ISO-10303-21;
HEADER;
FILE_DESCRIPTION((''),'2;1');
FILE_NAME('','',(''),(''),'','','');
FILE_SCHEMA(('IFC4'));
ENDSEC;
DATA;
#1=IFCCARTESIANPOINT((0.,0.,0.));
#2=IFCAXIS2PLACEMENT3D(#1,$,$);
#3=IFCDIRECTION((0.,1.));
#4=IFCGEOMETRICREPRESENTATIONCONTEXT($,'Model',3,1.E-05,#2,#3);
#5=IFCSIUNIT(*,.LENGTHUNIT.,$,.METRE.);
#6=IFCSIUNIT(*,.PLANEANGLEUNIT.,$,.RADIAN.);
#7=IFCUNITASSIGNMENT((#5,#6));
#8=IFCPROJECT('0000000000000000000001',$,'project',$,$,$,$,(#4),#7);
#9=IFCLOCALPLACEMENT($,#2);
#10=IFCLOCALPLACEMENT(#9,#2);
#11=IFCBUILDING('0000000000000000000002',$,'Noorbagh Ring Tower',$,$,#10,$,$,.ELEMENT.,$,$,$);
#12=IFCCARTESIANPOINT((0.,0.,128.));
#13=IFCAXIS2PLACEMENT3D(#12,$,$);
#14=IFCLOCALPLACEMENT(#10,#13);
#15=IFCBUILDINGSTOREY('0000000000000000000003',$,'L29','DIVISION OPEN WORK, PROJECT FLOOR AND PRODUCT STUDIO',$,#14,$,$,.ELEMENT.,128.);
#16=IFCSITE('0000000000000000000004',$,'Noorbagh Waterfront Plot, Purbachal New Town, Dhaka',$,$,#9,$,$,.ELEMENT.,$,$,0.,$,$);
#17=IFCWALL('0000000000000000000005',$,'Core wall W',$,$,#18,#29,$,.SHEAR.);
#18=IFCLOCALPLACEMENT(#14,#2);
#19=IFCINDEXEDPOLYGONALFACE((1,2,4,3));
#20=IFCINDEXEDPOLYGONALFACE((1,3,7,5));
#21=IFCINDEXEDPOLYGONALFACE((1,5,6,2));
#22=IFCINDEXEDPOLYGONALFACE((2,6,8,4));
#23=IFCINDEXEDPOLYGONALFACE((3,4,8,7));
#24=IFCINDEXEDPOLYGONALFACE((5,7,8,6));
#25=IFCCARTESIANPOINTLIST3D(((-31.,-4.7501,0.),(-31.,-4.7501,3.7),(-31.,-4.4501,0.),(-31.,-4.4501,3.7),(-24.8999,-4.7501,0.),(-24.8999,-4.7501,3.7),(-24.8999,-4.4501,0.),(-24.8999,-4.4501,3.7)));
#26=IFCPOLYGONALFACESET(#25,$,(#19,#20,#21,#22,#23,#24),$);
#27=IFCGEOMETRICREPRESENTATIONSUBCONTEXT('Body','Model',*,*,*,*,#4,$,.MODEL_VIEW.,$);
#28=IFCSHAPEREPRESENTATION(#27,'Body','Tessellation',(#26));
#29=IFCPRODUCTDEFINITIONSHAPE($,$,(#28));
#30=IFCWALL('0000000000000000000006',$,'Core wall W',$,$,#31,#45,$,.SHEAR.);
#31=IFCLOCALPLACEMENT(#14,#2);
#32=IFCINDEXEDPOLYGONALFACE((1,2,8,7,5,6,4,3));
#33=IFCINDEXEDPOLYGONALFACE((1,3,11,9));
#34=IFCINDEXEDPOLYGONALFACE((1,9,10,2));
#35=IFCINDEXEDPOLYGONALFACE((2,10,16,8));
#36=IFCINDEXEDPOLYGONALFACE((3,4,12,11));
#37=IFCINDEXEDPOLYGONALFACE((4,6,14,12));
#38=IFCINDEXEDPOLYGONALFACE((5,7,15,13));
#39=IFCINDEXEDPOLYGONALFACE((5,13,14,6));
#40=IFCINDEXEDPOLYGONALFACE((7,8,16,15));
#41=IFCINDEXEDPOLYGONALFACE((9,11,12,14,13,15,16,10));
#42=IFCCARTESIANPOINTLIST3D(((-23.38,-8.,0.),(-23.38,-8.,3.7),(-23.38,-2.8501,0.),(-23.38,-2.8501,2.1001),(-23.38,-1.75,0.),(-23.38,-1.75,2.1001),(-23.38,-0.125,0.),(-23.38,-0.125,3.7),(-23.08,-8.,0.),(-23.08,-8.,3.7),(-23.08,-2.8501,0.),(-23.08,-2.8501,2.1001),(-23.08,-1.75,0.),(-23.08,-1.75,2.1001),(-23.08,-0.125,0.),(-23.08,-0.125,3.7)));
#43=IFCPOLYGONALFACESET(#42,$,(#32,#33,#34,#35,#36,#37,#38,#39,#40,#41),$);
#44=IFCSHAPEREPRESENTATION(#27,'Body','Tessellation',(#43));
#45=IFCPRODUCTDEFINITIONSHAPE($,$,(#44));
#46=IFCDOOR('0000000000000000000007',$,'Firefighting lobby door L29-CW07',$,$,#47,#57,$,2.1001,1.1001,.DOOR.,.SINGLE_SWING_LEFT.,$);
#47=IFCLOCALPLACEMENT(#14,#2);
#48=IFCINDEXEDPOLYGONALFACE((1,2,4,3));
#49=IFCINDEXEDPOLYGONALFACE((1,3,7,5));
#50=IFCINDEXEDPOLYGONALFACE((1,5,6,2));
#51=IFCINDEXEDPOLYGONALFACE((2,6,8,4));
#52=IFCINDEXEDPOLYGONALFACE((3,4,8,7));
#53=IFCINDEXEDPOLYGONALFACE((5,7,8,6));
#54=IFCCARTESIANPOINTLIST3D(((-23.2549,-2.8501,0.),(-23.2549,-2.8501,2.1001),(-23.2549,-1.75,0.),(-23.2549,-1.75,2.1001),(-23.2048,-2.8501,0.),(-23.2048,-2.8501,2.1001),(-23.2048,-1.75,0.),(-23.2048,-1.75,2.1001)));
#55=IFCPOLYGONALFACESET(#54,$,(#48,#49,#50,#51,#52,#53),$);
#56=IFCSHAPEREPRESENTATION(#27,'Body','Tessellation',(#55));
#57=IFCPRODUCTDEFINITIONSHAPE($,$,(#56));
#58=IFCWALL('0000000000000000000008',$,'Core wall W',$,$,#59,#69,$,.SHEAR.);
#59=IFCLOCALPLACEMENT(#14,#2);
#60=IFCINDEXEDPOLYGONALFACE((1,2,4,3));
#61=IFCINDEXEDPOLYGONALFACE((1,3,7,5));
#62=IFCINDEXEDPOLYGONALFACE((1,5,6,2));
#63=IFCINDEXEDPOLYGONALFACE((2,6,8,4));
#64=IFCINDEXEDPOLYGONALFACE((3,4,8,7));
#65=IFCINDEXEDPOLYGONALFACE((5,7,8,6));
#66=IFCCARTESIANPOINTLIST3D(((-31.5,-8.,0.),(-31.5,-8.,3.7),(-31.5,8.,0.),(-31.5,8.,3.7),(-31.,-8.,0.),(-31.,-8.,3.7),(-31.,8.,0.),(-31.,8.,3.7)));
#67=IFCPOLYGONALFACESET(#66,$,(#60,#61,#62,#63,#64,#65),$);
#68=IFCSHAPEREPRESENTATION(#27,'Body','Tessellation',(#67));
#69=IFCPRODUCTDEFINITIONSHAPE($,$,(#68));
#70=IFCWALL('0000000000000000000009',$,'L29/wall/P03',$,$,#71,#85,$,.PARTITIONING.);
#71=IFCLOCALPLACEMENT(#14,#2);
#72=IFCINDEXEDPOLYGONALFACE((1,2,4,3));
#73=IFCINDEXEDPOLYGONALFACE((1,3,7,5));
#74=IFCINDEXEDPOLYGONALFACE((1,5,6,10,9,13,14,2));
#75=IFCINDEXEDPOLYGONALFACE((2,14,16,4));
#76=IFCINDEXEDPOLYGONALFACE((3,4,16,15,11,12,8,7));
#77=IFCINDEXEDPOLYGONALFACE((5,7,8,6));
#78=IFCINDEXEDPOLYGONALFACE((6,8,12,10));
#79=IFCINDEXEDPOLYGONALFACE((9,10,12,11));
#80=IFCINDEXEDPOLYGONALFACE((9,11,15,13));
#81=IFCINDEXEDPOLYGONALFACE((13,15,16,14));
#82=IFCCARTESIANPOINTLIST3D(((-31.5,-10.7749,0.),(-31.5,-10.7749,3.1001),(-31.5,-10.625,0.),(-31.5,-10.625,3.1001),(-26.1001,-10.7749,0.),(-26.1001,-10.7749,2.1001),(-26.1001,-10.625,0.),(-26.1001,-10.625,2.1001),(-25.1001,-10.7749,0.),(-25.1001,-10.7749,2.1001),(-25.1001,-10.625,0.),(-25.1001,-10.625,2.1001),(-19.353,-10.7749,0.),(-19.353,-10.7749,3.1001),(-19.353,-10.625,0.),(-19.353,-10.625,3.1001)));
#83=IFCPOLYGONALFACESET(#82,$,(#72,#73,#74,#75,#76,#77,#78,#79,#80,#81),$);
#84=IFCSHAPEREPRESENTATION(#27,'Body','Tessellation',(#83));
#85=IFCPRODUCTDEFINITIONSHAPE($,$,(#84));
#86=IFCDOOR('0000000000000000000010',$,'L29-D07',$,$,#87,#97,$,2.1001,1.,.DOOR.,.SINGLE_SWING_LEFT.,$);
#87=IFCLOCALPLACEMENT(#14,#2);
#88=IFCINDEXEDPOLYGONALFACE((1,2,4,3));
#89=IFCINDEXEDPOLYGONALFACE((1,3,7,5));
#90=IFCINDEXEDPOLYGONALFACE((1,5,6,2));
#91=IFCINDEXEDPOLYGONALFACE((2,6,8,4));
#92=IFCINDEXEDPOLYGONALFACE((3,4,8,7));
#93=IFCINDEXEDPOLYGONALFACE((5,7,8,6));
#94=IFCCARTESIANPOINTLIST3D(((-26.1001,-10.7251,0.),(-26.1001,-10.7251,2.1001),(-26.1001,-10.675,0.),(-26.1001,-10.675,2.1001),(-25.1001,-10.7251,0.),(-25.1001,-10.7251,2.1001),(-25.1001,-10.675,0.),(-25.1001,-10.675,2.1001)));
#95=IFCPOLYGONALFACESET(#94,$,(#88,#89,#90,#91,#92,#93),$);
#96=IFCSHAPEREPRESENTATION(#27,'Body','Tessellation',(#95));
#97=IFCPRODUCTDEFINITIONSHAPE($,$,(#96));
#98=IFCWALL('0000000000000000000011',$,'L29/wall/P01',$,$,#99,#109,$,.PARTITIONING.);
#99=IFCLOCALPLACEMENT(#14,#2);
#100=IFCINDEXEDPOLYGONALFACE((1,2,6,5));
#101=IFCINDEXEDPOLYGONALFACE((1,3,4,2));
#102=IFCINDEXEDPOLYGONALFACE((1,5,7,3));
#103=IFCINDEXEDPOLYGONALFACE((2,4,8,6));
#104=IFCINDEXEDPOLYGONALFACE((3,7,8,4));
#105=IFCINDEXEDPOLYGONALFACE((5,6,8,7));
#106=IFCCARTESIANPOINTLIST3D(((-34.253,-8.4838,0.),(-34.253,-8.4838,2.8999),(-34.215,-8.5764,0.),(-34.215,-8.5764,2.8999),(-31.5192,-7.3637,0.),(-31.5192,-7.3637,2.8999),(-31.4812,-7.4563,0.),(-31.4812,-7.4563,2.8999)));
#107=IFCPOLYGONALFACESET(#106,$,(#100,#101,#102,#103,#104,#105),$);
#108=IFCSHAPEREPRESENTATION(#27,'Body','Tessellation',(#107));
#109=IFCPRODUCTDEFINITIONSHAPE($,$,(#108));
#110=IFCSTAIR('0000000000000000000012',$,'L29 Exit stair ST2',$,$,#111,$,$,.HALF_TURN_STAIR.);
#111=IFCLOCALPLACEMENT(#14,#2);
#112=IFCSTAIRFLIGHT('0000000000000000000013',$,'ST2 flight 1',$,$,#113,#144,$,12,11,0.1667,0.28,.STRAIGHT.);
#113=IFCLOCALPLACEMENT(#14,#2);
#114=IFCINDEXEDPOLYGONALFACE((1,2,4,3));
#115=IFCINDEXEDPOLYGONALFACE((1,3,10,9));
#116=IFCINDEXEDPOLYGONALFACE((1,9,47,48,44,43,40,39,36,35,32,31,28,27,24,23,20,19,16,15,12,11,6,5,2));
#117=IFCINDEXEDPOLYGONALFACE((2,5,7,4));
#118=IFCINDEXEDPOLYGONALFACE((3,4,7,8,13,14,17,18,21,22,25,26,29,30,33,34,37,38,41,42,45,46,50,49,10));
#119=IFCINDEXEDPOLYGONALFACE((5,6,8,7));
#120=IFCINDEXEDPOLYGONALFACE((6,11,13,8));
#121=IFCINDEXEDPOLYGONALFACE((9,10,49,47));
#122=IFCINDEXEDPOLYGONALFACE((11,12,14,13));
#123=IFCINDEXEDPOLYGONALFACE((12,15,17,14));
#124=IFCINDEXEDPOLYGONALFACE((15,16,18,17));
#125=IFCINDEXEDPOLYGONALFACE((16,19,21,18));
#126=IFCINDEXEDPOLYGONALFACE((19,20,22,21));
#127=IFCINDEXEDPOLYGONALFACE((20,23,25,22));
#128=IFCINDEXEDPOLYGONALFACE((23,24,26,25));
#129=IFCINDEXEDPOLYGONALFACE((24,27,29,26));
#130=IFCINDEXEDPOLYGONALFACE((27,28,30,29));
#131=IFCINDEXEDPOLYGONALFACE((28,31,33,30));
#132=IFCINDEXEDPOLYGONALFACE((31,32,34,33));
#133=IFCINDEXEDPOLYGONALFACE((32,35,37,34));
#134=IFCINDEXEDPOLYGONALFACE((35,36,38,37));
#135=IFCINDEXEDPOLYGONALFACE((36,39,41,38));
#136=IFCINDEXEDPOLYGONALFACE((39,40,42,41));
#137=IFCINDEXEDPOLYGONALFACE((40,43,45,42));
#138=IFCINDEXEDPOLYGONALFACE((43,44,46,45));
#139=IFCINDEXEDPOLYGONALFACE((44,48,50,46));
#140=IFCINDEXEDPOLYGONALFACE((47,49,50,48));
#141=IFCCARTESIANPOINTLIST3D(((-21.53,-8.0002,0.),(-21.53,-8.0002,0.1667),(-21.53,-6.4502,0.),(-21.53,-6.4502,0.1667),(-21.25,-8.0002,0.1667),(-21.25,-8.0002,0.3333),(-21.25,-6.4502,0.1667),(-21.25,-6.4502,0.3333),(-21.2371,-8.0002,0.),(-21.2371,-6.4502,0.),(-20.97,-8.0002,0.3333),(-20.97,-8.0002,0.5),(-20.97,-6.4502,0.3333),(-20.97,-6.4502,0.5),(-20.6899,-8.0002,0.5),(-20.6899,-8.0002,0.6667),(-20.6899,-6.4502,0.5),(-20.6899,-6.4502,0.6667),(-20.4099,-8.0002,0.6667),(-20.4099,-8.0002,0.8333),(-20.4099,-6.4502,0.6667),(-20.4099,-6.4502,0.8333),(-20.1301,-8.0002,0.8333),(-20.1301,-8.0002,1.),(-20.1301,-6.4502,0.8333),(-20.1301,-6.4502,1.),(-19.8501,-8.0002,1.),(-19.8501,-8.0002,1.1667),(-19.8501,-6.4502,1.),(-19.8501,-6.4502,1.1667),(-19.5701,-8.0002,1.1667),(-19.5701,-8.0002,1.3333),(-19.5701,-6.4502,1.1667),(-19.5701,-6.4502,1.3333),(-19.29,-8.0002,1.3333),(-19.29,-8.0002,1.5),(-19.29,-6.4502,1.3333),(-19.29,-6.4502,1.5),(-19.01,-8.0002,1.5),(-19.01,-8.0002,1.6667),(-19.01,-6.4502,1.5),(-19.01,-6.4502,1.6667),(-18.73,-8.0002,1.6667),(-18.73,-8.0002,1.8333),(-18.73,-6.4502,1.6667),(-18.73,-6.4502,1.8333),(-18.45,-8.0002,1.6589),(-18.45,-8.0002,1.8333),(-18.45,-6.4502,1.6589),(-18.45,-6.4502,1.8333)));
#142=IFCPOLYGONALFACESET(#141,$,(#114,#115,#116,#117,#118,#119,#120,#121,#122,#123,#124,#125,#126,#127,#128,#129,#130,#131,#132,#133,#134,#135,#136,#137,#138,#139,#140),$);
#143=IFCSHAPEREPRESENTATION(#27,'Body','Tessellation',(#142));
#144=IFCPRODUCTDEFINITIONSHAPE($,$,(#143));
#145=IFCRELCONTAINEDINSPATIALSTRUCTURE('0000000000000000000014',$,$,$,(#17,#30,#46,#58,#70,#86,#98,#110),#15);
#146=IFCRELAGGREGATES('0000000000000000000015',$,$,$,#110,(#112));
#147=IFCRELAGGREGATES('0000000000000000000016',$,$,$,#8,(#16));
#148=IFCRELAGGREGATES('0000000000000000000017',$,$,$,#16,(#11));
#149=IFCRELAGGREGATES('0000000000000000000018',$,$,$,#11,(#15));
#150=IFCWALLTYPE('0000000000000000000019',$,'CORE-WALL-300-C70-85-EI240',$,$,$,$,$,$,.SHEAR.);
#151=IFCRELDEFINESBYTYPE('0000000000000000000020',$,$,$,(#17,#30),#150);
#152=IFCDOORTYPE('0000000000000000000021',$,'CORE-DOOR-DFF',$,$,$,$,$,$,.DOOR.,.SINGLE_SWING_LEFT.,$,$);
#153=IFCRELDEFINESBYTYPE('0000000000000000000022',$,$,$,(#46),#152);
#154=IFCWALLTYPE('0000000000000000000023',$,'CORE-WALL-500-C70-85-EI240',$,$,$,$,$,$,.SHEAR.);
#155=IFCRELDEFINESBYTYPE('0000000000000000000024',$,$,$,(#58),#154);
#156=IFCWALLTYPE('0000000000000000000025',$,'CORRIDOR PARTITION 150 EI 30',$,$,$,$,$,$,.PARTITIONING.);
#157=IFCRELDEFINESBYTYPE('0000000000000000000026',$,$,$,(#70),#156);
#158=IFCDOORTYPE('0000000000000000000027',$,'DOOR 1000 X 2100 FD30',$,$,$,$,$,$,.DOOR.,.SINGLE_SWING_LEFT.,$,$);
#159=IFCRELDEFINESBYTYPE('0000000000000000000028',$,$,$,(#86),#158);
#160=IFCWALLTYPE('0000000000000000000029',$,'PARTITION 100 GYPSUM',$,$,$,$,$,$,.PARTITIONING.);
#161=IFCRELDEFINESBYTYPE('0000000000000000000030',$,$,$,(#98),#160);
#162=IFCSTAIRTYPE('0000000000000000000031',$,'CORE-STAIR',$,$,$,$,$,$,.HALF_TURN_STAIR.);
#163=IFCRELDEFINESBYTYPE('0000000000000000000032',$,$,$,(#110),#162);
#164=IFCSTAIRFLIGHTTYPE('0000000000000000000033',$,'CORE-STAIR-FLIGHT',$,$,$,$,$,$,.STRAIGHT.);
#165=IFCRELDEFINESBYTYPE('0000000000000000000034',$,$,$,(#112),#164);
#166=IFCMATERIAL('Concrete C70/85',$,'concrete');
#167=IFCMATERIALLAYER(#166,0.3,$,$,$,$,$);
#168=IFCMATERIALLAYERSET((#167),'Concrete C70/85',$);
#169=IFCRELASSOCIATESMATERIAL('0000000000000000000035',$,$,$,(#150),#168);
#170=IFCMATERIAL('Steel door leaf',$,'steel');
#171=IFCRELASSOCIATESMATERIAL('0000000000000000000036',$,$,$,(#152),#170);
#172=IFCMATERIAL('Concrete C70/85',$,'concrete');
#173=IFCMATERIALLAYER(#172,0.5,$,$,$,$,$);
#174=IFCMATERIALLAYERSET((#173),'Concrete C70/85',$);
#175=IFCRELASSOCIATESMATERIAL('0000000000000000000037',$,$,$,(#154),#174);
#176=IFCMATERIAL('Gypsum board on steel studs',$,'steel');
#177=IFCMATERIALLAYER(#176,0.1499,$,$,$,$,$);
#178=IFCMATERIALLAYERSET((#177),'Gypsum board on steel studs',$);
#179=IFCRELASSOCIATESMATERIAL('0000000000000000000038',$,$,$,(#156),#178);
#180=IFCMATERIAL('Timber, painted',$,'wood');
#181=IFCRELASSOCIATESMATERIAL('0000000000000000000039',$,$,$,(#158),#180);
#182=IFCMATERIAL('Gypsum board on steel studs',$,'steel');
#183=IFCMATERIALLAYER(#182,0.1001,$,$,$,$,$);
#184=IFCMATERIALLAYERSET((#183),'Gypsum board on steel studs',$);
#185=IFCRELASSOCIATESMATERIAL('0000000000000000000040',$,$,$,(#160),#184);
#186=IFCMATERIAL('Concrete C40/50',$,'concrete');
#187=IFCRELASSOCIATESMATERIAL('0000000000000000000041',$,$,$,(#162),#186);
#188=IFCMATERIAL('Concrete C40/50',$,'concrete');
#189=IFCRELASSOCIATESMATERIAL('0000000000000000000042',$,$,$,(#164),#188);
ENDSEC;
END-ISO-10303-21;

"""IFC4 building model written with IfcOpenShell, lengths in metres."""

from ifc_helpers import new_model, si_unit, direction, frame, frame_2d, origin, place, context, subcontext, project, spatial, polyline, rectangle, outline, extrude, material, layer, layer_set, type_object, element, fill, aggregate, save


model = new_model("IFC4")

# Units and contexts
model_context = context("Model", 3, precision=1e-05, world=origin(), true_north=direction((0.0, 1.0)))
body_context = subcontext(model_context, "Body", "Model", "MODEL_VIEW")
ifc_project = project(units=[si_unit("LENGTHUNIT", "METRE"), si_unit("PLANEANGLEUNIT", "RADIAN")], contexts=[model_context])

# Site, building, storey
site_placement = place(None, origin())
site = spatial("IfcSite", under=ifc_project, at=site_placement, Name="Noorbagh Waterfront Plot, Purbachal New Town, Dhaka", CompositionType="ELEMENT", RefElevation=0.0)
building_placement = place(site_placement, origin())
building = spatial("IfcBuilding", under=site, at=building_placement, Name="Noorbagh Ring Tower", CompositionType="ELEMENT")
storey_placement = place(building_placement, frame((0.0, 0.0, 128.0)))
storey = spatial("IfcBuildingStorey", under=building, at=storey_placement, Name="L29", Description="DIVISION OPEN WORK, PROJECT FLOOR AND PRODUCT STUDIO", CompositionType="ELEMENT", Elevation=128.0)

# Wall
ifc_material_1 = material(Name="Concrete C70/85", Category="concrete")
ifc_layer_1 = layer(ifc_material_1, 0.3)
ifc_layer_set_1 = layer_set([ifc_layer_1], Name="Concrete C70/85")
wall_type_1 = type_object("IfcWallType", Name="CORE-WALL-300-C70-85-EI240", PredefinedType="SHEAR", material=ifc_layer_set_1)
wall_1_placement = place(storey_placement, frame((-24.8999, -4.6001, 0.0), z_axis=(0.0, 0.0, 1.0), x_axis=(-1.0, 0.0, 0.0)))
element("IfcWall", 1, at=wall_1_placement, inside=storey, type_object=wall_type_1, Name="Core wall W", PredefinedType="SHEAR", context=body_context, shape_type="SweptSolid", body=[
    extrude(rectangle(XDim=6.1001, YDim=0.3, at=frame_2d((3.05, 0.0))), origin(), (0.0, 0.0, 1.0), 3.7),
])

# Wall, opening, door
wall_2_placement = place(storey_placement, frame((-23.23, -8.0, 0.0), z_axis=(0.0, 0.0, 1.0), x_axis=(0.0, 1.0, 0.0)))
wall_2 = element("IfcWall", 2, at=wall_2_placement, inside=storey, type_object=wall_type_1, Name="Core wall W", PredefinedType="SHEAR", context=body_context, shape_type="SweptSolid", body=[
    extrude(rectangle(XDim=7.875, YDim=0.3, at=frame_2d((3.9375, 0.0))), origin(), (0.0, 0.0, 1.0), 3.7),
])
opening_1_placement = place(wall_2_placement, frame((5.1499, 0.0, 0.0)))
opening_1 = element("IfcOpeningElement", 3, at=opening_1_placement, cuts=wall_2, PredefinedType="OPENING", context=body_context, shape_type="SweptSolid", body=[
    extrude(rectangle(XDim=1.1001, YDim=2.1001, at=frame_2d((0.55, 1.05))), frame((0.0, 0.1602, 0.0), z_axis=(0.0, -1.0, 0.0), x_axis=(1.0, 0.0, 0.0)), (0.0, 0.0, 1.0), 0.3201),
])
ifc_material_2 = material(Name="Steel door leaf", Category="steel")
door_type_1 = type_object("IfcDoorType", Name="CORE-DOOR-DFF", OperationType="SINGLE_SWING_LEFT", PredefinedType="DOOR", material=ifc_material_2)
door_1_placement = place(opening_1_placement, origin())
door_1 = element("IfcDoor", 4, at=door_1_placement, inside=storey, type_object=door_type_1, Name="Firefighting lobby door L29-CW07", OperationType="SINGLE_SWING_LEFT", OverallHeight=2.1001, OverallWidth=1.1001, PredefinedType="DOOR", context=body_context, shape_type="SweptSolid", body=[
    extrude(rectangle(XDim=1.1001, YDim=2.1001, at=frame_2d((0.55, 1.05))), frame((0.0, 0.0249, 0.0), z_axis=(0.0, -1.0, 0.0), x_axis=(1.0, 0.0, 0.0)), (0.0, 0.0, 1.0), 0.05),
])
fill(opening_1, door_1)

# Wall
ifc_material_3 = material(Name="Concrete C70/85", Category="concrete")
ifc_layer_2 = layer(ifc_material_3, 0.5)
ifc_layer_set_2 = layer_set([ifc_layer_2], Name="Concrete C70/85")
wall_type_2 = type_object("IfcWallType", Name="CORE-WALL-500-C70-85-EI240", PredefinedType="SHEAR", material=ifc_layer_set_2)
wall_3_placement = place(storey_placement, frame((-31.25, -8.0, 0.0), z_axis=(0.0, 0.0, 1.0), x_axis=(0.0, 1.0, 0.0)))
element("IfcWall", 5, at=wall_3_placement, inside=storey, type_object=wall_type_2, Name="Core wall W", PredefinedType="SHEAR", context=body_context, shape_type="SweptSolid", body=[
    extrude(rectangle(XDim=16.0, YDim=0.5, at=frame_2d((8.0, 0.0))), origin(), (0.0, 0.0, 1.0), 3.7),
])

# Wall, opening, door
ifc_material_4 = material(Name="Gypsum board on steel studs", Category="steel")
ifc_layer_3 = layer(ifc_material_4, 0.1499)
ifc_layer_set_3 = layer_set([ifc_layer_3], Name="Gypsum board on steel studs")
wall_type_3 = type_object("IfcWallType", Name="CORRIDOR PARTITION 150 EI 30", PredefinedType="PARTITIONING", material=ifc_layer_set_3)
wall_4_placement = place(storey_placement, frame((-31.5, -10.7, 0.0), z_axis=(0.0, 0.0, 1.0), x_axis=(1.0, 0.0, 0.0)))
wall_4 = element("IfcWall", 6, at=wall_4_placement, inside=storey, type_object=wall_type_3, Name="L29/wall/P03", PredefinedType="PARTITIONING", context=body_context, shape_type="SweptSolid", body=[
    extrude(rectangle(XDim=12.147, YDim=0.1499, at=frame_2d((6.0735, 0.0))), origin(), (0.0, 0.0, 1.0), 3.1001),
])
opening_2_placement = place(wall_4_placement, frame((5.3999, 0.0, 0.0)))
opening_2 = element("IfcOpeningElement", 7, at=opening_2_placement, cuts=wall_4, PredefinedType="OPENING", context=body_context, shape_type="SweptSolid", body=[
    extrude(rectangle(XDim=1.0, YDim=2.1001, at=frame_2d((0.5, 1.05))), frame((0.0, 0.085, 0.0), z_axis=(0.0, -1.0, 0.0), x_axis=(1.0, 0.0, 0.0)), (0.0, 0.0, 1.0), 0.1699),
])
ifc_material_5 = material(Name="Timber, painted", Category="wood")
door_type_2 = type_object("IfcDoorType", Name="DOOR 1000 X 2100 FD30", OperationType="SINGLE_SWING_LEFT", PredefinedType="DOOR", material=ifc_material_5)
door_2_placement = place(opening_2_placement, origin())
door_2 = element("IfcDoor", 8, at=door_2_placement, inside=storey, type_object=door_type_2, Name="L29-D07", OperationType="SINGLE_SWING_LEFT", OverallHeight=2.1001, OverallWidth=1.0, PredefinedType="DOOR", context=body_context, shape_type="SweptSolid", body=[
    extrude(rectangle(XDim=1.0, YDim=2.1001, at=frame_2d((0.5, 1.05))), frame((0.0, 0.0249, 0.0), z_axis=(0.0, -1.0, 0.0), x_axis=(1.0, 0.0, 0.0)), (0.0, 0.0, 1.0), 0.05),
])
fill(opening_2, door_2)

# Wall
ifc_material_6 = material(Name="Gypsum board on steel studs", Category="steel")
ifc_layer_4 = layer(ifc_material_6, 0.1001)
ifc_layer_set_4 = layer_set([ifc_layer_4], Name="Gypsum board on steel studs")
wall_type_4 = type_object("IfcWallType", Name="PARTITION 100 GYPSUM", PredefinedType="PARTITIONING", material=ifc_layer_set_4)
wall_5_placement = place(storey_placement, frame((-34.2339, -8.53, 0.0), z_axis=(0.0, 0.0, 1.0), x_axis=(0.925344, 0.379128, 0.0)))
element("IfcWall", 9, at=wall_5_placement, inside=storey, type_object=wall_type_4, Name="L29/wall/P01", PredefinedType="PARTITIONING", context=body_context, shape_type="SweptSolid", body=[
    extrude(rectangle(XDim=2.9543, YDim=0.1001, at=frame_2d((1.4771, 0.0))), origin(), (0.0, 0.0, 1.0), 2.8999),
])

# Stair, stair flight
ifc_material_7 = material(Name="Concrete C40/50", Category="concrete")
stair_type = type_object("IfcStairType", Name="CORE-STAIR", PredefinedType="HALF_TURN_STAIR", material=ifc_material_7)
stair_placement = place(storey_placement, origin())
stair = element("IfcStair", 10, at=stair_placement, inside=storey, type_object=stair_type, Name="L29 Exit stair ST2", PredefinedType="HALF_TURN_STAIR")
ifc_material_8 = material(Name="Concrete C40/50", Category="concrete")
stair_flight_type = type_object("IfcStairFlightType", Name="CORE-STAIR-FLIGHT", PredefinedType="STRAIGHT", material=ifc_material_8)
stair_flight_placement = place(storey_placement, frame((-21.53, -7.2251, 0.0), z_axis=(0.0, 0.0, 1.0), x_axis=(1.0, 0.0, 0.0)))
stair_flight = element("IfcStairFlight", 11, at=stair_flight_placement, type_object=stair_flight_type, Name="ST2 flight 1", NumberOfRisers=12, NumberOfTreads=11, PredefinedType="STRAIGHT", RiserHeight=0.1667, TreadLength=0.28, context=body_context, shape_type="SweptSolid", body=[
    extrude(outline(polyline([(0.0, 0.0), (0.0, 0.1667), (0.28, 0.1667), (0.28, 0.3333), (0.5601, 0.3333), (0.5601, 0.5), (0.8401, 0.5), (0.8401, 0.6667), (1.1201, 0.6667), (1.1201, 0.8333), (1.3999, 0.8333), (1.3999, 1.0), (1.6799, 1.0), (1.6799, 1.1667), (1.96, 1.1667), (1.96, 1.3333), (2.24, 1.3333), (2.24, 1.5), (2.52, 1.5), (2.52, 1.6667), (2.8, 1.6667), (2.8, 1.8333), (3.0801, 1.8333), (3.0801, 2.0), (3.0801, 1.6589), (0.293, 0.0), (0.0, 0.0)])), frame((0.0, 0.7749, 0.0), z_axis=(0.0, -1.0, 0.0), x_axis=(1.0, 0.0, 0.0)), (0.0, 0.0, 1.0), 1.55),
])
aggregate(stair, [stair_flight])

save(model, "model.ifc")
